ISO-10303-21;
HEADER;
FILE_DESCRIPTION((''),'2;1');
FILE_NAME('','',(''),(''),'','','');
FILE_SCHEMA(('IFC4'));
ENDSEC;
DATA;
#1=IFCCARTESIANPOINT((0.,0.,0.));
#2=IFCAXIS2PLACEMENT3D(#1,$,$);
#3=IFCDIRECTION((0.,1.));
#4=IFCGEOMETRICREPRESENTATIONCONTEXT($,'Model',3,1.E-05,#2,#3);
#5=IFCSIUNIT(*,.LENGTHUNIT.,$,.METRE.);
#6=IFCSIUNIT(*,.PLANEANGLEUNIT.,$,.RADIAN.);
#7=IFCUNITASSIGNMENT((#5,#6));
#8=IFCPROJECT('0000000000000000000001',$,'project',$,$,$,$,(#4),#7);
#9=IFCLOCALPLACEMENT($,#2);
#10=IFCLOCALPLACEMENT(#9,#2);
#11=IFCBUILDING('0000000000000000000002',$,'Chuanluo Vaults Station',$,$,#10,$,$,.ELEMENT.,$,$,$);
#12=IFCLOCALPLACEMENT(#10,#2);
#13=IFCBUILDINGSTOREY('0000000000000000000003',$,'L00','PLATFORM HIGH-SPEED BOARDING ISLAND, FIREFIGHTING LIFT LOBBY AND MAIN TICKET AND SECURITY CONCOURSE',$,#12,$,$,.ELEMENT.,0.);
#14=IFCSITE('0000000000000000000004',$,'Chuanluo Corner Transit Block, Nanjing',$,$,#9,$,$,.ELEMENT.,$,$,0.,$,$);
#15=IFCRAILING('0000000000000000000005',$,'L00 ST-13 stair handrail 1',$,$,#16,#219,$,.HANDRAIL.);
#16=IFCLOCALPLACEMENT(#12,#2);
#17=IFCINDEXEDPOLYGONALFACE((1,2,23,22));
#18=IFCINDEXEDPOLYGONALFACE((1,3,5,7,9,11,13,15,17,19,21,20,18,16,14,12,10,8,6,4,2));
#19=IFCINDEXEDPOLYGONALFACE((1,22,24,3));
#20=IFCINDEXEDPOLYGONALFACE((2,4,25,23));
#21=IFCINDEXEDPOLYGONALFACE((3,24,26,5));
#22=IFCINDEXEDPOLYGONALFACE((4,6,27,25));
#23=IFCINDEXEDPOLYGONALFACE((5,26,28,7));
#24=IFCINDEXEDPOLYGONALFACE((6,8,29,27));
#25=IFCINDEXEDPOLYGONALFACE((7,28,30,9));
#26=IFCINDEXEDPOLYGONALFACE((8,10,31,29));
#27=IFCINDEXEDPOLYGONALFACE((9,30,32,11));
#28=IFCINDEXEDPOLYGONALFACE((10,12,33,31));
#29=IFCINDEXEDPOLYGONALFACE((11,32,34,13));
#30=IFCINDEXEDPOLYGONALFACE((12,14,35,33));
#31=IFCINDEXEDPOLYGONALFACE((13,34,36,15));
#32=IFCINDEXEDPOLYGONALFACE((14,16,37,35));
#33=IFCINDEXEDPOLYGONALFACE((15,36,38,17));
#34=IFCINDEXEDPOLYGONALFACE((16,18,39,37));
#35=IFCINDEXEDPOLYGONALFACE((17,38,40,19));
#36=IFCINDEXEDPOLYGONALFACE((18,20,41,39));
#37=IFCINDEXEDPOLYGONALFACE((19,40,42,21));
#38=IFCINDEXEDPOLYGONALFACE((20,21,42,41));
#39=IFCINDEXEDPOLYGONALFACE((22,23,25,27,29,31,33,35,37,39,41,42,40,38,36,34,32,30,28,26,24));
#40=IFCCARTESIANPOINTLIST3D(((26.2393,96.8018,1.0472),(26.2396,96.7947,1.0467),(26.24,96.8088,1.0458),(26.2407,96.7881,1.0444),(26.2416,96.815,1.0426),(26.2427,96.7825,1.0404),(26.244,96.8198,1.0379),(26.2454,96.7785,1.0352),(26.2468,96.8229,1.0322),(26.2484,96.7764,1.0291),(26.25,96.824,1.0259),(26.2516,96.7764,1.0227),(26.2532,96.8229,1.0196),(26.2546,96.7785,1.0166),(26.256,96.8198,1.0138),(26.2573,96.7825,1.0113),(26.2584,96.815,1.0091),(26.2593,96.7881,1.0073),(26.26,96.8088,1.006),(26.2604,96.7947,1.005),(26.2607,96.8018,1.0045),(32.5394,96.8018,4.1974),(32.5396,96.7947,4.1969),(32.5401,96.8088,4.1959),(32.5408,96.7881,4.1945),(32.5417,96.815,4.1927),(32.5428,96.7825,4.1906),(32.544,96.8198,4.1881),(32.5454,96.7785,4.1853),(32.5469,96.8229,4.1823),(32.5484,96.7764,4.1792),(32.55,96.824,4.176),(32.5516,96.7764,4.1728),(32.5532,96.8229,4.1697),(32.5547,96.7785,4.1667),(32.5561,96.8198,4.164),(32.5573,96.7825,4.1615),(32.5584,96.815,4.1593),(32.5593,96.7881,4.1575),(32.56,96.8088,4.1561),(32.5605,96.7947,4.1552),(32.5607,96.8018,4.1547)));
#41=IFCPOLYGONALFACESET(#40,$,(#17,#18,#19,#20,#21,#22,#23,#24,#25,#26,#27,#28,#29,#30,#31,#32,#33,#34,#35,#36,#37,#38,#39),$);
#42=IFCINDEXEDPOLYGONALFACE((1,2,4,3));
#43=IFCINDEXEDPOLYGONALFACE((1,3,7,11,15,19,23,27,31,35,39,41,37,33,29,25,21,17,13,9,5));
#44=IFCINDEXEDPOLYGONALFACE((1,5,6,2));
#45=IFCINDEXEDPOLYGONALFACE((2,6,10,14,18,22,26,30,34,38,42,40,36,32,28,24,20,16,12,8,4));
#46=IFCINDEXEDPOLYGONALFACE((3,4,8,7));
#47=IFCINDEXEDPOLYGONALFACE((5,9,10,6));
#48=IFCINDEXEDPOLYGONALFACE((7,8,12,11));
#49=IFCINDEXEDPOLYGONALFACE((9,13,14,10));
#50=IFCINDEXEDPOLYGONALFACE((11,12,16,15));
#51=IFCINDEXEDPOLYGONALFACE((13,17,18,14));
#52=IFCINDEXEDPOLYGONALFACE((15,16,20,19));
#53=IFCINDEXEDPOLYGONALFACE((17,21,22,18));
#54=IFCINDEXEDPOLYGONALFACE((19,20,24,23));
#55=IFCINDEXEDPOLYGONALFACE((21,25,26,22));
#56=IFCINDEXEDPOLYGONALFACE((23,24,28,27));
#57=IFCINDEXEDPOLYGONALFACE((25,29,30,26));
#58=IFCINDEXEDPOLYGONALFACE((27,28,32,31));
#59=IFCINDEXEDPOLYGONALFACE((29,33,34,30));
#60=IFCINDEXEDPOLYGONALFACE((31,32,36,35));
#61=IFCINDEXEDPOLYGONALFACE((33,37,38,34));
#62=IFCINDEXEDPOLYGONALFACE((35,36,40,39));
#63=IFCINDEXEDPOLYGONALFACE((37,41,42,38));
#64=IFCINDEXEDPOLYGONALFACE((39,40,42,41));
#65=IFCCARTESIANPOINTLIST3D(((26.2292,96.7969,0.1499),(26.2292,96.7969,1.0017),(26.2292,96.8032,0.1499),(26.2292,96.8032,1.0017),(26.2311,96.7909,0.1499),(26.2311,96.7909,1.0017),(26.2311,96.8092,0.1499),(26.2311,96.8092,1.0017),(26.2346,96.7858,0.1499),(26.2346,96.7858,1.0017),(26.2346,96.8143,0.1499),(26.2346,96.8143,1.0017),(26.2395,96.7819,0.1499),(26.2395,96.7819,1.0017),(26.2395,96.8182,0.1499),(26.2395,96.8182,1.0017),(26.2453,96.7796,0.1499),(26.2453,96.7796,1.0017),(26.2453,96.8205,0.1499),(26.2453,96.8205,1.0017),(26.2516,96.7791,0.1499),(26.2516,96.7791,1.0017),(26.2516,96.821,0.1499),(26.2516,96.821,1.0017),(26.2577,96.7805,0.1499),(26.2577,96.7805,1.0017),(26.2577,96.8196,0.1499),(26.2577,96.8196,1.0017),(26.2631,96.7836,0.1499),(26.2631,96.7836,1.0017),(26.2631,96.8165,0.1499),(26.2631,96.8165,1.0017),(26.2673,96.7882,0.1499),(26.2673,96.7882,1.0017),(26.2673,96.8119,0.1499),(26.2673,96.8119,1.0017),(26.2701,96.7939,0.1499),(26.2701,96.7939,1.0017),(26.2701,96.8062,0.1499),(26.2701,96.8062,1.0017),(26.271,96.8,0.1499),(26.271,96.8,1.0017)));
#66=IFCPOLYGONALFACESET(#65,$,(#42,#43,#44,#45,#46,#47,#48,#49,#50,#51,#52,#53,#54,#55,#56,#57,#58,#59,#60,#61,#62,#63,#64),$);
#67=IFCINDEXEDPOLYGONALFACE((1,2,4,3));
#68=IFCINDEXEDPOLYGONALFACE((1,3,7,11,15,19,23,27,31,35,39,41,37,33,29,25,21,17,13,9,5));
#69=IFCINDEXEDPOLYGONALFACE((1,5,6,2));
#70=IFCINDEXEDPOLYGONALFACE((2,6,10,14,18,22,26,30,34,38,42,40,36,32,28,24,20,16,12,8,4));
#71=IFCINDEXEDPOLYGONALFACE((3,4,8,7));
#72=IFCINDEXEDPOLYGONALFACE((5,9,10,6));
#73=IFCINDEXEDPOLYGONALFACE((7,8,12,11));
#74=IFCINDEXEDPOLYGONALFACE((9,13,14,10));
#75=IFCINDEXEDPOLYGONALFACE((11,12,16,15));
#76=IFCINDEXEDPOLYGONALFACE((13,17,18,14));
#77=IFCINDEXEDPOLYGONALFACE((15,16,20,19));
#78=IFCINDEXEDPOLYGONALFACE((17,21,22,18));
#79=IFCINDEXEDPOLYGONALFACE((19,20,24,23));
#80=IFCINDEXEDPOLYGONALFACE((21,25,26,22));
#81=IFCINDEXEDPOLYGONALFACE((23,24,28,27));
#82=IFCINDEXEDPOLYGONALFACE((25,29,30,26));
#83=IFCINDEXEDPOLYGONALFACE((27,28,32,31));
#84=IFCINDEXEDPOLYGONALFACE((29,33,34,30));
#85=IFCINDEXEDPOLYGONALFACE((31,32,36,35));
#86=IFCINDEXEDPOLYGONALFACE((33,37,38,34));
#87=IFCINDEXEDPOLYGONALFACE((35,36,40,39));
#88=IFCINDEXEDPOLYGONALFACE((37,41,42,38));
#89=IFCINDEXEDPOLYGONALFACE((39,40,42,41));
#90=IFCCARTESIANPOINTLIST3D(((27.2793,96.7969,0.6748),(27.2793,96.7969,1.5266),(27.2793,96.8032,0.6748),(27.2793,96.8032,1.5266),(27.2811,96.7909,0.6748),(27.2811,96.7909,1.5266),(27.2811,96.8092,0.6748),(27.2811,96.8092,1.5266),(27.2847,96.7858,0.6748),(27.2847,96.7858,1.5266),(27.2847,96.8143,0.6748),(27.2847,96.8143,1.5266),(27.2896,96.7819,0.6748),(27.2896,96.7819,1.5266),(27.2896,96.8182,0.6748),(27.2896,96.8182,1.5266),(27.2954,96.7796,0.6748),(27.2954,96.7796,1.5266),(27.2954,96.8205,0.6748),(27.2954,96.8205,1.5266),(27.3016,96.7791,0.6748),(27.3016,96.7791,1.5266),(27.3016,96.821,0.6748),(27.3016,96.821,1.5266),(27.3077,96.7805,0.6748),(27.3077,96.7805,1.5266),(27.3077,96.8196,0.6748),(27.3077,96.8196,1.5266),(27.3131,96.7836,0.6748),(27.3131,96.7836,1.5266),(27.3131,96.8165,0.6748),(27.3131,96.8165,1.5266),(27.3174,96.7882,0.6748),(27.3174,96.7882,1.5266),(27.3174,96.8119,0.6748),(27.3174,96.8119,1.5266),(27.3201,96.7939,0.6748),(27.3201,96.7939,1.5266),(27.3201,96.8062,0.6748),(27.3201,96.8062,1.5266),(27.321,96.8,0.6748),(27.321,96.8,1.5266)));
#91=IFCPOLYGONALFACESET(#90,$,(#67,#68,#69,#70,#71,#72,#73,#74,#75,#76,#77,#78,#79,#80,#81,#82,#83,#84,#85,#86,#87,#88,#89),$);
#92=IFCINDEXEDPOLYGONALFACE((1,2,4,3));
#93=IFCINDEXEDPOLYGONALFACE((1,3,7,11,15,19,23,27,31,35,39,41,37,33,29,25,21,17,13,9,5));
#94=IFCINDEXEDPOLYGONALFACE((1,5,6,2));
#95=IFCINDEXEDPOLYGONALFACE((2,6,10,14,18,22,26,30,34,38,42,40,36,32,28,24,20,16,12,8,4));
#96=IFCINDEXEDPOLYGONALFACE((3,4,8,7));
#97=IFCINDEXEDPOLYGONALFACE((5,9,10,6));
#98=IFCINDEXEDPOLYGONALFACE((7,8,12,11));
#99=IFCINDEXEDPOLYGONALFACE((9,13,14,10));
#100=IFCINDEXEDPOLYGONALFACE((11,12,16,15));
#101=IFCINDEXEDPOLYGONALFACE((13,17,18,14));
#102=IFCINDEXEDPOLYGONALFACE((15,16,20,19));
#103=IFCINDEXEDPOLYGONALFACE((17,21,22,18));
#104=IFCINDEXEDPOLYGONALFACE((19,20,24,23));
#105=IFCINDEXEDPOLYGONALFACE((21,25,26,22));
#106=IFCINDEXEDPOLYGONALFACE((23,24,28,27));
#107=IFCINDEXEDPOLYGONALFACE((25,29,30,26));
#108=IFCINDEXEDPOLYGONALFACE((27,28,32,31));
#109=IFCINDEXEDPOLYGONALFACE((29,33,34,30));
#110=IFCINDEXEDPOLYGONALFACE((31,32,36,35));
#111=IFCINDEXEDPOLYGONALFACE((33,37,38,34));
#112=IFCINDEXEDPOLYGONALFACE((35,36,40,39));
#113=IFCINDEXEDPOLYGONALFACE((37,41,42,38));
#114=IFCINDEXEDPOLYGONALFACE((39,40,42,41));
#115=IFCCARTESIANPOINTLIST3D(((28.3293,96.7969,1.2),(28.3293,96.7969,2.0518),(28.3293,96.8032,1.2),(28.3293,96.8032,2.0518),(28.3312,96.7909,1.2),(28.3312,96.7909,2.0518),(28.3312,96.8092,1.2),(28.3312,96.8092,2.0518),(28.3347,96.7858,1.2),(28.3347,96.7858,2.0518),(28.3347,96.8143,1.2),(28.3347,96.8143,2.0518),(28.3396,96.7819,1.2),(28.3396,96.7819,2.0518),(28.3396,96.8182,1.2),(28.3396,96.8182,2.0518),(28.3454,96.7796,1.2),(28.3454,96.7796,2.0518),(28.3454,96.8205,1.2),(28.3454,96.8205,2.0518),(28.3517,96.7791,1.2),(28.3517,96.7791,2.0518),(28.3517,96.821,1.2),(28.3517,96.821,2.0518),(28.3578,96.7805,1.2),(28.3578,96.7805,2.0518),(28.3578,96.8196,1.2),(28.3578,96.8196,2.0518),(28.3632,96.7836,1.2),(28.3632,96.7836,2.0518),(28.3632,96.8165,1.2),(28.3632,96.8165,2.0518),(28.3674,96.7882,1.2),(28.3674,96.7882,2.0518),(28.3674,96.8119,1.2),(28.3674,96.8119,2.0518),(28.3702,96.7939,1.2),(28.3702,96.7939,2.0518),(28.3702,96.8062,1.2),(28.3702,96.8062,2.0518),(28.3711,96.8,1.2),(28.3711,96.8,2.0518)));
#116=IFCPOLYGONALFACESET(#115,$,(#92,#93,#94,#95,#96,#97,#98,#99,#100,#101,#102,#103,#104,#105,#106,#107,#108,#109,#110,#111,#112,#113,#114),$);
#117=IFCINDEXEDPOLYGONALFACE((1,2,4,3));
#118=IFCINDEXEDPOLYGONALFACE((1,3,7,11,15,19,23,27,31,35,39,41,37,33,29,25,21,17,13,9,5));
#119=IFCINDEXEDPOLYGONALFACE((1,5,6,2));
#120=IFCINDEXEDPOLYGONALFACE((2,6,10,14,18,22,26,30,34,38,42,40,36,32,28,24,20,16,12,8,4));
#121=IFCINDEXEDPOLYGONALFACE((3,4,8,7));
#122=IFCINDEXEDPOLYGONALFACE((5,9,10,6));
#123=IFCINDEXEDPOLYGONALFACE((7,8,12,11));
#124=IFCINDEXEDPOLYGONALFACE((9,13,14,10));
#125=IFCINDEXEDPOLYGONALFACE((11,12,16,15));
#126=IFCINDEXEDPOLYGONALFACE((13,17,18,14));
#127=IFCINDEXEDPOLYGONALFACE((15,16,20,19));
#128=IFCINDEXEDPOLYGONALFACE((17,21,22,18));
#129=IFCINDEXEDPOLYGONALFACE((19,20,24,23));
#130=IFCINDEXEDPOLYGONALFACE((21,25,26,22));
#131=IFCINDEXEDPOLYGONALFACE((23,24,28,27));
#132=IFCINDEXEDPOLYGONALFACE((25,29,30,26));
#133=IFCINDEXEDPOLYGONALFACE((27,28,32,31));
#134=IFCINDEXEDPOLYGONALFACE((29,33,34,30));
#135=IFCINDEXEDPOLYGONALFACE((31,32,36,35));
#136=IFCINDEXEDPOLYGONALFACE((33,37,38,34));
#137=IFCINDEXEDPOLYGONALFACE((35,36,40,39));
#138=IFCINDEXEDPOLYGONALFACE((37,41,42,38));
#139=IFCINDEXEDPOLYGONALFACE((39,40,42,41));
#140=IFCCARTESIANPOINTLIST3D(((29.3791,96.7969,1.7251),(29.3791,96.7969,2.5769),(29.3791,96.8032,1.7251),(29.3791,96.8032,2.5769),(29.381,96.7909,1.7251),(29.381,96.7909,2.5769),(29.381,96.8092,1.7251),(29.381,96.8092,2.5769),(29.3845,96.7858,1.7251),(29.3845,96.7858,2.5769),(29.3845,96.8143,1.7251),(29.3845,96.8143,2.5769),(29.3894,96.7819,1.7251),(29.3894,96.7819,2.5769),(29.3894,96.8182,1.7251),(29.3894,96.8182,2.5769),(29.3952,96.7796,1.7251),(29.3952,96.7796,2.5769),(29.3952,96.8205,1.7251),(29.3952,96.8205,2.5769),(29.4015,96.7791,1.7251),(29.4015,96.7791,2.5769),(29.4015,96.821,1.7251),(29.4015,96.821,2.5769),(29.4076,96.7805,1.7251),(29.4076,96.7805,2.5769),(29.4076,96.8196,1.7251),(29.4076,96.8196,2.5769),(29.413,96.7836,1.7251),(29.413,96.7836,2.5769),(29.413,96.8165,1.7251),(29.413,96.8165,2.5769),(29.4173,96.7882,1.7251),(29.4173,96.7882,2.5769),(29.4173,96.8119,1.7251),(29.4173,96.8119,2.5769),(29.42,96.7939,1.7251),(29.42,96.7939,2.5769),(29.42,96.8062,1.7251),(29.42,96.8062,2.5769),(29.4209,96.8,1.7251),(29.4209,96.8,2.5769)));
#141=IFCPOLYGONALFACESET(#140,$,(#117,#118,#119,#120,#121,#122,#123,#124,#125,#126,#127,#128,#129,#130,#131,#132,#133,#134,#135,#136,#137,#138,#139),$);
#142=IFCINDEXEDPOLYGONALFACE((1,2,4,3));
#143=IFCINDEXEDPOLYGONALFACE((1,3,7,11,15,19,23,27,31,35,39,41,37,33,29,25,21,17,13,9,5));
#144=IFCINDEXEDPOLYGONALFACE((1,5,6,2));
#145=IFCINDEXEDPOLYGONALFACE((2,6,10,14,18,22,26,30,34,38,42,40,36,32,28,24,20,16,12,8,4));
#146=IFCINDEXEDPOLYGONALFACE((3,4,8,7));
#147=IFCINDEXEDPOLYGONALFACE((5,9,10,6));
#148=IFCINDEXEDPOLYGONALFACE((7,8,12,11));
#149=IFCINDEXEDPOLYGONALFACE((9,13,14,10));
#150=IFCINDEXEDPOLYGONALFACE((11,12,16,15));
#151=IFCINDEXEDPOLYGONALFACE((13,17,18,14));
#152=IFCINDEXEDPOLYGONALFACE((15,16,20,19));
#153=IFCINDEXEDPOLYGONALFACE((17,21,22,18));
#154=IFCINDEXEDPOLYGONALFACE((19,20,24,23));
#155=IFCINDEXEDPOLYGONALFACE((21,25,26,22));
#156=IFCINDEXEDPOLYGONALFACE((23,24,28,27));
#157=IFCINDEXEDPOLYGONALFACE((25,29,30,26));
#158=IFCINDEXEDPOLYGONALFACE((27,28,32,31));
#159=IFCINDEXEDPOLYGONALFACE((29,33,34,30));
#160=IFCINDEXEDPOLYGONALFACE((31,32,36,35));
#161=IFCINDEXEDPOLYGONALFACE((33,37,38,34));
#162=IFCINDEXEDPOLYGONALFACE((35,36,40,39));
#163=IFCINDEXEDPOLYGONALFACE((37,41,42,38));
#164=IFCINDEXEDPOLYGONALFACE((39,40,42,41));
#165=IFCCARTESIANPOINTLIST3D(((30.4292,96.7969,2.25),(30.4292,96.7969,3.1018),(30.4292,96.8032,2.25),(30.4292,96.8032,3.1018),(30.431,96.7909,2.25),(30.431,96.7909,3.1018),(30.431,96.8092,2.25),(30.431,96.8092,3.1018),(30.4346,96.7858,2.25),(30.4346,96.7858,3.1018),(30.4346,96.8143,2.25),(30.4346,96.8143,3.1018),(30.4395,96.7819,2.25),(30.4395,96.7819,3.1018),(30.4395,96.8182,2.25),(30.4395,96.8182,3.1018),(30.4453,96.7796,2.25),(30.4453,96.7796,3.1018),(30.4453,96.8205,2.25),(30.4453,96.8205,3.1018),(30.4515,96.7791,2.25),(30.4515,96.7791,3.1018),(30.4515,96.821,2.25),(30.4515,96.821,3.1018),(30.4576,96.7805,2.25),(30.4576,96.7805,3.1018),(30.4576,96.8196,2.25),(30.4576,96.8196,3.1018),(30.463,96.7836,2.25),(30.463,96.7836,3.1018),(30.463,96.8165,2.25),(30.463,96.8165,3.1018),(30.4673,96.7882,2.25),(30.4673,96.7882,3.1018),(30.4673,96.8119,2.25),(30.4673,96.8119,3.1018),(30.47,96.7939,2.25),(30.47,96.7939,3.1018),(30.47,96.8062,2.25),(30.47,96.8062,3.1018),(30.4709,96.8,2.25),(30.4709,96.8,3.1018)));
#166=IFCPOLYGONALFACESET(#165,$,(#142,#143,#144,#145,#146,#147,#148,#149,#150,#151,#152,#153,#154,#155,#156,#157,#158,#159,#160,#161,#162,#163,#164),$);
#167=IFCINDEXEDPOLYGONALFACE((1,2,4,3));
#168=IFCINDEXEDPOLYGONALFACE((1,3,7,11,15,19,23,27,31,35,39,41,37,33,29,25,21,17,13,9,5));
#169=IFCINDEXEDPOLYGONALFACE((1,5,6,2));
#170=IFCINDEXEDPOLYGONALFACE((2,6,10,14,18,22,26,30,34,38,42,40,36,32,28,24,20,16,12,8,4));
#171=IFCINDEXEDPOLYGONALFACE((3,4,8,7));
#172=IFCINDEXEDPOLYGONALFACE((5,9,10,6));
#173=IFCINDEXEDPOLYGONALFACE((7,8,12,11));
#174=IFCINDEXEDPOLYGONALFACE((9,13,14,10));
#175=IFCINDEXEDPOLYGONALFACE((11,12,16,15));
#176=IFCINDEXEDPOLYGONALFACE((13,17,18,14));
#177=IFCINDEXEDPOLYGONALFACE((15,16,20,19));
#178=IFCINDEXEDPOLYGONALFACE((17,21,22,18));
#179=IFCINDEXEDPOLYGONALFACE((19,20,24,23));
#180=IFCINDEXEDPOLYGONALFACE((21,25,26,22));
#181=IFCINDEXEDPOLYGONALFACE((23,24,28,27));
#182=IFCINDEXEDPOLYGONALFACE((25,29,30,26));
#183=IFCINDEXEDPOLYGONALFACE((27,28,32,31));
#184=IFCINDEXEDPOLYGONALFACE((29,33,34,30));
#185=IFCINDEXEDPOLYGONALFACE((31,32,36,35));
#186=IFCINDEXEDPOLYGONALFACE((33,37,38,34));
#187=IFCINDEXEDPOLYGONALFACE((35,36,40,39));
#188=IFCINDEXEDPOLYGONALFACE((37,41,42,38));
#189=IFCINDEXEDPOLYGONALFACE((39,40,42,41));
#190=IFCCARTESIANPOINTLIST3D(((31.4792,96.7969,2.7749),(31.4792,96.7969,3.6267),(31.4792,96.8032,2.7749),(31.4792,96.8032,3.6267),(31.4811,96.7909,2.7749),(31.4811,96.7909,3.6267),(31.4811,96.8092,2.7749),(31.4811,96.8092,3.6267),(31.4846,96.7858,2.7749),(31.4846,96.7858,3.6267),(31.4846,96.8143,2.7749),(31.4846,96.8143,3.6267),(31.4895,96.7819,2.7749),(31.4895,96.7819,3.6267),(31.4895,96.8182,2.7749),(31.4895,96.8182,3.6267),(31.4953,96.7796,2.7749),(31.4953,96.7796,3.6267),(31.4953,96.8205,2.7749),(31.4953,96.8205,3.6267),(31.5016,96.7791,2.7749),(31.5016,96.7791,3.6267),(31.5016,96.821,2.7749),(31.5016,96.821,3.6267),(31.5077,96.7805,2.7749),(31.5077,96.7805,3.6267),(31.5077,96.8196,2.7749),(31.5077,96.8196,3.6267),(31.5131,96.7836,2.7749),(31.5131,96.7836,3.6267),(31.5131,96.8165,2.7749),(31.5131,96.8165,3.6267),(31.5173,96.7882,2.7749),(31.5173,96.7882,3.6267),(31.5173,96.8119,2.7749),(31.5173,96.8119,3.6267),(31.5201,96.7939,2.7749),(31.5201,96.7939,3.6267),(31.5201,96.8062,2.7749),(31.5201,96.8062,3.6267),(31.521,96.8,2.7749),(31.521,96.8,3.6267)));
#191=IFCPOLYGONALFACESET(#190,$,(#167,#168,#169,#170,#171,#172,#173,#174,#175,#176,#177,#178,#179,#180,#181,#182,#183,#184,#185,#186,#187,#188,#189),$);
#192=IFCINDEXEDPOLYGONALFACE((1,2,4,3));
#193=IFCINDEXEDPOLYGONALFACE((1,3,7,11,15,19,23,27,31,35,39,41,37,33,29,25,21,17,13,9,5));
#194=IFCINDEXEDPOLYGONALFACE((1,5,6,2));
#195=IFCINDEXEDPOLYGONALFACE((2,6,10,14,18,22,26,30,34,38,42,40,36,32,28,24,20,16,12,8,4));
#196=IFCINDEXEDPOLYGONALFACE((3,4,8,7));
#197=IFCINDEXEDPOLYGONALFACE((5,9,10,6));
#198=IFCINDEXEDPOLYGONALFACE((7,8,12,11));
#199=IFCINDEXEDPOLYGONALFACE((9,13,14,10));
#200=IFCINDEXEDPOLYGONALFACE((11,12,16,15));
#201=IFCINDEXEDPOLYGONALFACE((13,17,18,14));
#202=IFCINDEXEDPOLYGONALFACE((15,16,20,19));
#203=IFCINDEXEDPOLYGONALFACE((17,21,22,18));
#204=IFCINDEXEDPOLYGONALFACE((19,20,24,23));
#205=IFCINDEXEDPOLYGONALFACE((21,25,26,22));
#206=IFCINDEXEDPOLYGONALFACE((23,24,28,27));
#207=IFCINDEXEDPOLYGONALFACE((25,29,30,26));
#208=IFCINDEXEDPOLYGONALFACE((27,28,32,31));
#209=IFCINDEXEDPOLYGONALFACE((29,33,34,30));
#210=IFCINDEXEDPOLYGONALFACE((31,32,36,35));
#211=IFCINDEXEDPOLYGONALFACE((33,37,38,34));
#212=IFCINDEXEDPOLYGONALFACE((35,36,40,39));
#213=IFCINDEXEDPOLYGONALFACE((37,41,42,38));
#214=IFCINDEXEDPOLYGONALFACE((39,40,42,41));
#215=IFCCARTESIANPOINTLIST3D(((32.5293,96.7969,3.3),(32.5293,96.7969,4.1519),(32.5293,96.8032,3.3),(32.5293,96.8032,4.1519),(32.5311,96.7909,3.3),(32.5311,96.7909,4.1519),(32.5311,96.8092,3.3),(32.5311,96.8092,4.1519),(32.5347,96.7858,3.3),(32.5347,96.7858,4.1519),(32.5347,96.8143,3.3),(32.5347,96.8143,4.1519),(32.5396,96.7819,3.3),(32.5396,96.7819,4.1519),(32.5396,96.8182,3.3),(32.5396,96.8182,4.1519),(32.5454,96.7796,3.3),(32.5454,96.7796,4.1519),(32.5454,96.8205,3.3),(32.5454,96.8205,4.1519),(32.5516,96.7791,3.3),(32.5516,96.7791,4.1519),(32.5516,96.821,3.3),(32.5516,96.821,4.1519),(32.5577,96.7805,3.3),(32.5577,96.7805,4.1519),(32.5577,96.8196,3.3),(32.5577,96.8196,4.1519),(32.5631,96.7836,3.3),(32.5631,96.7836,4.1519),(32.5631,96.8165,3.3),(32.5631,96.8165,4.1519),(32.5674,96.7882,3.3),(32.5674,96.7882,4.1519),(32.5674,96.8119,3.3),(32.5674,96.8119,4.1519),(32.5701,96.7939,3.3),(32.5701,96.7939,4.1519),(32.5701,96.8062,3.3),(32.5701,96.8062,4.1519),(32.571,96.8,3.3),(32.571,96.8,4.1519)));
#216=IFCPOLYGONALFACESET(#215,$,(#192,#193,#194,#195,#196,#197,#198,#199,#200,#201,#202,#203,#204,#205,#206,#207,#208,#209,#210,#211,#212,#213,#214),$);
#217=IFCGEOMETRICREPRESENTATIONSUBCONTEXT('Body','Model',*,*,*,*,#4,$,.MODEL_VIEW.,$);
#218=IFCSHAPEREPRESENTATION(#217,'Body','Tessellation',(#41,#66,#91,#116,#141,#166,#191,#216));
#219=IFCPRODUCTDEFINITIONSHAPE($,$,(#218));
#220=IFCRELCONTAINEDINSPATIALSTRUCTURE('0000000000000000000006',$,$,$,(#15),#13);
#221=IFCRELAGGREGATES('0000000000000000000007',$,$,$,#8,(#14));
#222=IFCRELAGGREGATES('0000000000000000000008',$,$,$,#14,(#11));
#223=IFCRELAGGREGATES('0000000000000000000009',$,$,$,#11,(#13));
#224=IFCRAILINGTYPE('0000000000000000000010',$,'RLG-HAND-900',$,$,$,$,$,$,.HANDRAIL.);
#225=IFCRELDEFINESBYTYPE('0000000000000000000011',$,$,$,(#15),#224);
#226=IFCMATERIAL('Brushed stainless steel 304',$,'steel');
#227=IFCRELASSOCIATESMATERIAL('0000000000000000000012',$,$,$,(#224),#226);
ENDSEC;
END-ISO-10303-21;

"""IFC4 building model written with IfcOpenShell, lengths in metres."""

from ifc_helpers import new_model, si_unit, direction, frame, origin, origin_2d, place, context, subcontext, project, spatial, circle, extrude, material, type_object, element, save


model = new_model("IFC4")

# Units and contexts
model_context = context("Model", 3, precision=1e-05, world=origin(), true_north=direction((0.0, 1.0)))
body_context = subcontext(model_context, "Body", "Model", "MODEL_VIEW")
ifc_project = project(units=[si_unit("LENGTHUNIT", "METRE"), si_unit("PLANEANGLEUNIT", "RADIAN")], contexts=[model_context])

# Site, building, storey
site_placement = place(None, origin())
site = spatial("IfcSite", under=ifc_project, at=site_placement, Name="Chuanluo Corner Transit Block, Nanjing", CompositionType="ELEMENT", RefElevation=0.0)
building_placement = place(site_placement, origin())
building = spatial("IfcBuilding", under=site, at=building_placement, Name="Chuanluo Vaults Station", CompositionType="ELEMENT")
storey_placement = place(building_placement, origin())
storey = spatial("IfcBuildingStorey", under=building, at=storey_placement, Name="L00", Description="PLATFORM HIGH-SPEED BOARDING ISLAND, FIREFIGHTING LIFT LOBBY AND MAIN TICKET AND SECURITY CONCOURSE", CompositionType="ELEMENT", Elevation=0.0)

# Railing
ifc_material_1 = material(Name="Brushed stainless steel 304", Category="steel")
railing_type_1 = type_object("IfcRailingType", Name="RLG-HAND-900", PredefinedType="HANDRAIL", material=ifc_material_1)
railing_1_placement = place(storey_placement, frame((26.25, 96.8, 0.1499)))
element("IfcRailing", 1, at=railing_1_placement, inside=storey, type_object=railing_type_1, Name="L00 ST-13 stair handrail 1", PredefinedType="HANDRAIL", context=body_context, shape_type="SweptSolid", body=[
    extrude(circle(Radius=0.0239, at=origin_2d()), frame((0.0, 0.0, 0.876), z_axis=(0.89442, 0.0, 0.447227), x_axis=(0.0, 1.0, 0.0)), (0.0, 0.0, 1.0), 7.0437),
    extrude(circle(Radius=0.021, at=origin_2d()), origin(), (0.0, 0.0, 1.0), 0.8518),
    extrude(circle(Radius=0.021, at=origin_2d()), frame((1.05, 0.0, 0.5249)), (0.0, 0.0, 1.0), 0.8518),
    extrude(circle(Radius=0.021, at=origin_2d()), frame((2.1001, 0.0, 1.05)), (0.0, 0.0, 1.0), 0.8518),
    extrude(circle(Radius=0.021, at=origin_2d()), frame((3.1499, 0.0, 1.5752)), (0.0, 0.0, 1.0), 0.8518),
    extrude(circle(Radius=0.021, at=origin_2d()), frame((4.2, 0.0, 2.1001)), (0.0, 0.0, 1.0), 0.8518),
    extrude(circle(Radius=0.021, at=origin_2d()), frame((5.25, 0.0, 2.625)), (0.0, 0.0, 1.0), 0.8518),
    extrude(circle(Radius=0.021, at=origin_2d()), frame((6.3, 0.0, 3.1501)), (0.0, 0.0, 1.0), 0.8518),
])

save(model, "model.ifc")
